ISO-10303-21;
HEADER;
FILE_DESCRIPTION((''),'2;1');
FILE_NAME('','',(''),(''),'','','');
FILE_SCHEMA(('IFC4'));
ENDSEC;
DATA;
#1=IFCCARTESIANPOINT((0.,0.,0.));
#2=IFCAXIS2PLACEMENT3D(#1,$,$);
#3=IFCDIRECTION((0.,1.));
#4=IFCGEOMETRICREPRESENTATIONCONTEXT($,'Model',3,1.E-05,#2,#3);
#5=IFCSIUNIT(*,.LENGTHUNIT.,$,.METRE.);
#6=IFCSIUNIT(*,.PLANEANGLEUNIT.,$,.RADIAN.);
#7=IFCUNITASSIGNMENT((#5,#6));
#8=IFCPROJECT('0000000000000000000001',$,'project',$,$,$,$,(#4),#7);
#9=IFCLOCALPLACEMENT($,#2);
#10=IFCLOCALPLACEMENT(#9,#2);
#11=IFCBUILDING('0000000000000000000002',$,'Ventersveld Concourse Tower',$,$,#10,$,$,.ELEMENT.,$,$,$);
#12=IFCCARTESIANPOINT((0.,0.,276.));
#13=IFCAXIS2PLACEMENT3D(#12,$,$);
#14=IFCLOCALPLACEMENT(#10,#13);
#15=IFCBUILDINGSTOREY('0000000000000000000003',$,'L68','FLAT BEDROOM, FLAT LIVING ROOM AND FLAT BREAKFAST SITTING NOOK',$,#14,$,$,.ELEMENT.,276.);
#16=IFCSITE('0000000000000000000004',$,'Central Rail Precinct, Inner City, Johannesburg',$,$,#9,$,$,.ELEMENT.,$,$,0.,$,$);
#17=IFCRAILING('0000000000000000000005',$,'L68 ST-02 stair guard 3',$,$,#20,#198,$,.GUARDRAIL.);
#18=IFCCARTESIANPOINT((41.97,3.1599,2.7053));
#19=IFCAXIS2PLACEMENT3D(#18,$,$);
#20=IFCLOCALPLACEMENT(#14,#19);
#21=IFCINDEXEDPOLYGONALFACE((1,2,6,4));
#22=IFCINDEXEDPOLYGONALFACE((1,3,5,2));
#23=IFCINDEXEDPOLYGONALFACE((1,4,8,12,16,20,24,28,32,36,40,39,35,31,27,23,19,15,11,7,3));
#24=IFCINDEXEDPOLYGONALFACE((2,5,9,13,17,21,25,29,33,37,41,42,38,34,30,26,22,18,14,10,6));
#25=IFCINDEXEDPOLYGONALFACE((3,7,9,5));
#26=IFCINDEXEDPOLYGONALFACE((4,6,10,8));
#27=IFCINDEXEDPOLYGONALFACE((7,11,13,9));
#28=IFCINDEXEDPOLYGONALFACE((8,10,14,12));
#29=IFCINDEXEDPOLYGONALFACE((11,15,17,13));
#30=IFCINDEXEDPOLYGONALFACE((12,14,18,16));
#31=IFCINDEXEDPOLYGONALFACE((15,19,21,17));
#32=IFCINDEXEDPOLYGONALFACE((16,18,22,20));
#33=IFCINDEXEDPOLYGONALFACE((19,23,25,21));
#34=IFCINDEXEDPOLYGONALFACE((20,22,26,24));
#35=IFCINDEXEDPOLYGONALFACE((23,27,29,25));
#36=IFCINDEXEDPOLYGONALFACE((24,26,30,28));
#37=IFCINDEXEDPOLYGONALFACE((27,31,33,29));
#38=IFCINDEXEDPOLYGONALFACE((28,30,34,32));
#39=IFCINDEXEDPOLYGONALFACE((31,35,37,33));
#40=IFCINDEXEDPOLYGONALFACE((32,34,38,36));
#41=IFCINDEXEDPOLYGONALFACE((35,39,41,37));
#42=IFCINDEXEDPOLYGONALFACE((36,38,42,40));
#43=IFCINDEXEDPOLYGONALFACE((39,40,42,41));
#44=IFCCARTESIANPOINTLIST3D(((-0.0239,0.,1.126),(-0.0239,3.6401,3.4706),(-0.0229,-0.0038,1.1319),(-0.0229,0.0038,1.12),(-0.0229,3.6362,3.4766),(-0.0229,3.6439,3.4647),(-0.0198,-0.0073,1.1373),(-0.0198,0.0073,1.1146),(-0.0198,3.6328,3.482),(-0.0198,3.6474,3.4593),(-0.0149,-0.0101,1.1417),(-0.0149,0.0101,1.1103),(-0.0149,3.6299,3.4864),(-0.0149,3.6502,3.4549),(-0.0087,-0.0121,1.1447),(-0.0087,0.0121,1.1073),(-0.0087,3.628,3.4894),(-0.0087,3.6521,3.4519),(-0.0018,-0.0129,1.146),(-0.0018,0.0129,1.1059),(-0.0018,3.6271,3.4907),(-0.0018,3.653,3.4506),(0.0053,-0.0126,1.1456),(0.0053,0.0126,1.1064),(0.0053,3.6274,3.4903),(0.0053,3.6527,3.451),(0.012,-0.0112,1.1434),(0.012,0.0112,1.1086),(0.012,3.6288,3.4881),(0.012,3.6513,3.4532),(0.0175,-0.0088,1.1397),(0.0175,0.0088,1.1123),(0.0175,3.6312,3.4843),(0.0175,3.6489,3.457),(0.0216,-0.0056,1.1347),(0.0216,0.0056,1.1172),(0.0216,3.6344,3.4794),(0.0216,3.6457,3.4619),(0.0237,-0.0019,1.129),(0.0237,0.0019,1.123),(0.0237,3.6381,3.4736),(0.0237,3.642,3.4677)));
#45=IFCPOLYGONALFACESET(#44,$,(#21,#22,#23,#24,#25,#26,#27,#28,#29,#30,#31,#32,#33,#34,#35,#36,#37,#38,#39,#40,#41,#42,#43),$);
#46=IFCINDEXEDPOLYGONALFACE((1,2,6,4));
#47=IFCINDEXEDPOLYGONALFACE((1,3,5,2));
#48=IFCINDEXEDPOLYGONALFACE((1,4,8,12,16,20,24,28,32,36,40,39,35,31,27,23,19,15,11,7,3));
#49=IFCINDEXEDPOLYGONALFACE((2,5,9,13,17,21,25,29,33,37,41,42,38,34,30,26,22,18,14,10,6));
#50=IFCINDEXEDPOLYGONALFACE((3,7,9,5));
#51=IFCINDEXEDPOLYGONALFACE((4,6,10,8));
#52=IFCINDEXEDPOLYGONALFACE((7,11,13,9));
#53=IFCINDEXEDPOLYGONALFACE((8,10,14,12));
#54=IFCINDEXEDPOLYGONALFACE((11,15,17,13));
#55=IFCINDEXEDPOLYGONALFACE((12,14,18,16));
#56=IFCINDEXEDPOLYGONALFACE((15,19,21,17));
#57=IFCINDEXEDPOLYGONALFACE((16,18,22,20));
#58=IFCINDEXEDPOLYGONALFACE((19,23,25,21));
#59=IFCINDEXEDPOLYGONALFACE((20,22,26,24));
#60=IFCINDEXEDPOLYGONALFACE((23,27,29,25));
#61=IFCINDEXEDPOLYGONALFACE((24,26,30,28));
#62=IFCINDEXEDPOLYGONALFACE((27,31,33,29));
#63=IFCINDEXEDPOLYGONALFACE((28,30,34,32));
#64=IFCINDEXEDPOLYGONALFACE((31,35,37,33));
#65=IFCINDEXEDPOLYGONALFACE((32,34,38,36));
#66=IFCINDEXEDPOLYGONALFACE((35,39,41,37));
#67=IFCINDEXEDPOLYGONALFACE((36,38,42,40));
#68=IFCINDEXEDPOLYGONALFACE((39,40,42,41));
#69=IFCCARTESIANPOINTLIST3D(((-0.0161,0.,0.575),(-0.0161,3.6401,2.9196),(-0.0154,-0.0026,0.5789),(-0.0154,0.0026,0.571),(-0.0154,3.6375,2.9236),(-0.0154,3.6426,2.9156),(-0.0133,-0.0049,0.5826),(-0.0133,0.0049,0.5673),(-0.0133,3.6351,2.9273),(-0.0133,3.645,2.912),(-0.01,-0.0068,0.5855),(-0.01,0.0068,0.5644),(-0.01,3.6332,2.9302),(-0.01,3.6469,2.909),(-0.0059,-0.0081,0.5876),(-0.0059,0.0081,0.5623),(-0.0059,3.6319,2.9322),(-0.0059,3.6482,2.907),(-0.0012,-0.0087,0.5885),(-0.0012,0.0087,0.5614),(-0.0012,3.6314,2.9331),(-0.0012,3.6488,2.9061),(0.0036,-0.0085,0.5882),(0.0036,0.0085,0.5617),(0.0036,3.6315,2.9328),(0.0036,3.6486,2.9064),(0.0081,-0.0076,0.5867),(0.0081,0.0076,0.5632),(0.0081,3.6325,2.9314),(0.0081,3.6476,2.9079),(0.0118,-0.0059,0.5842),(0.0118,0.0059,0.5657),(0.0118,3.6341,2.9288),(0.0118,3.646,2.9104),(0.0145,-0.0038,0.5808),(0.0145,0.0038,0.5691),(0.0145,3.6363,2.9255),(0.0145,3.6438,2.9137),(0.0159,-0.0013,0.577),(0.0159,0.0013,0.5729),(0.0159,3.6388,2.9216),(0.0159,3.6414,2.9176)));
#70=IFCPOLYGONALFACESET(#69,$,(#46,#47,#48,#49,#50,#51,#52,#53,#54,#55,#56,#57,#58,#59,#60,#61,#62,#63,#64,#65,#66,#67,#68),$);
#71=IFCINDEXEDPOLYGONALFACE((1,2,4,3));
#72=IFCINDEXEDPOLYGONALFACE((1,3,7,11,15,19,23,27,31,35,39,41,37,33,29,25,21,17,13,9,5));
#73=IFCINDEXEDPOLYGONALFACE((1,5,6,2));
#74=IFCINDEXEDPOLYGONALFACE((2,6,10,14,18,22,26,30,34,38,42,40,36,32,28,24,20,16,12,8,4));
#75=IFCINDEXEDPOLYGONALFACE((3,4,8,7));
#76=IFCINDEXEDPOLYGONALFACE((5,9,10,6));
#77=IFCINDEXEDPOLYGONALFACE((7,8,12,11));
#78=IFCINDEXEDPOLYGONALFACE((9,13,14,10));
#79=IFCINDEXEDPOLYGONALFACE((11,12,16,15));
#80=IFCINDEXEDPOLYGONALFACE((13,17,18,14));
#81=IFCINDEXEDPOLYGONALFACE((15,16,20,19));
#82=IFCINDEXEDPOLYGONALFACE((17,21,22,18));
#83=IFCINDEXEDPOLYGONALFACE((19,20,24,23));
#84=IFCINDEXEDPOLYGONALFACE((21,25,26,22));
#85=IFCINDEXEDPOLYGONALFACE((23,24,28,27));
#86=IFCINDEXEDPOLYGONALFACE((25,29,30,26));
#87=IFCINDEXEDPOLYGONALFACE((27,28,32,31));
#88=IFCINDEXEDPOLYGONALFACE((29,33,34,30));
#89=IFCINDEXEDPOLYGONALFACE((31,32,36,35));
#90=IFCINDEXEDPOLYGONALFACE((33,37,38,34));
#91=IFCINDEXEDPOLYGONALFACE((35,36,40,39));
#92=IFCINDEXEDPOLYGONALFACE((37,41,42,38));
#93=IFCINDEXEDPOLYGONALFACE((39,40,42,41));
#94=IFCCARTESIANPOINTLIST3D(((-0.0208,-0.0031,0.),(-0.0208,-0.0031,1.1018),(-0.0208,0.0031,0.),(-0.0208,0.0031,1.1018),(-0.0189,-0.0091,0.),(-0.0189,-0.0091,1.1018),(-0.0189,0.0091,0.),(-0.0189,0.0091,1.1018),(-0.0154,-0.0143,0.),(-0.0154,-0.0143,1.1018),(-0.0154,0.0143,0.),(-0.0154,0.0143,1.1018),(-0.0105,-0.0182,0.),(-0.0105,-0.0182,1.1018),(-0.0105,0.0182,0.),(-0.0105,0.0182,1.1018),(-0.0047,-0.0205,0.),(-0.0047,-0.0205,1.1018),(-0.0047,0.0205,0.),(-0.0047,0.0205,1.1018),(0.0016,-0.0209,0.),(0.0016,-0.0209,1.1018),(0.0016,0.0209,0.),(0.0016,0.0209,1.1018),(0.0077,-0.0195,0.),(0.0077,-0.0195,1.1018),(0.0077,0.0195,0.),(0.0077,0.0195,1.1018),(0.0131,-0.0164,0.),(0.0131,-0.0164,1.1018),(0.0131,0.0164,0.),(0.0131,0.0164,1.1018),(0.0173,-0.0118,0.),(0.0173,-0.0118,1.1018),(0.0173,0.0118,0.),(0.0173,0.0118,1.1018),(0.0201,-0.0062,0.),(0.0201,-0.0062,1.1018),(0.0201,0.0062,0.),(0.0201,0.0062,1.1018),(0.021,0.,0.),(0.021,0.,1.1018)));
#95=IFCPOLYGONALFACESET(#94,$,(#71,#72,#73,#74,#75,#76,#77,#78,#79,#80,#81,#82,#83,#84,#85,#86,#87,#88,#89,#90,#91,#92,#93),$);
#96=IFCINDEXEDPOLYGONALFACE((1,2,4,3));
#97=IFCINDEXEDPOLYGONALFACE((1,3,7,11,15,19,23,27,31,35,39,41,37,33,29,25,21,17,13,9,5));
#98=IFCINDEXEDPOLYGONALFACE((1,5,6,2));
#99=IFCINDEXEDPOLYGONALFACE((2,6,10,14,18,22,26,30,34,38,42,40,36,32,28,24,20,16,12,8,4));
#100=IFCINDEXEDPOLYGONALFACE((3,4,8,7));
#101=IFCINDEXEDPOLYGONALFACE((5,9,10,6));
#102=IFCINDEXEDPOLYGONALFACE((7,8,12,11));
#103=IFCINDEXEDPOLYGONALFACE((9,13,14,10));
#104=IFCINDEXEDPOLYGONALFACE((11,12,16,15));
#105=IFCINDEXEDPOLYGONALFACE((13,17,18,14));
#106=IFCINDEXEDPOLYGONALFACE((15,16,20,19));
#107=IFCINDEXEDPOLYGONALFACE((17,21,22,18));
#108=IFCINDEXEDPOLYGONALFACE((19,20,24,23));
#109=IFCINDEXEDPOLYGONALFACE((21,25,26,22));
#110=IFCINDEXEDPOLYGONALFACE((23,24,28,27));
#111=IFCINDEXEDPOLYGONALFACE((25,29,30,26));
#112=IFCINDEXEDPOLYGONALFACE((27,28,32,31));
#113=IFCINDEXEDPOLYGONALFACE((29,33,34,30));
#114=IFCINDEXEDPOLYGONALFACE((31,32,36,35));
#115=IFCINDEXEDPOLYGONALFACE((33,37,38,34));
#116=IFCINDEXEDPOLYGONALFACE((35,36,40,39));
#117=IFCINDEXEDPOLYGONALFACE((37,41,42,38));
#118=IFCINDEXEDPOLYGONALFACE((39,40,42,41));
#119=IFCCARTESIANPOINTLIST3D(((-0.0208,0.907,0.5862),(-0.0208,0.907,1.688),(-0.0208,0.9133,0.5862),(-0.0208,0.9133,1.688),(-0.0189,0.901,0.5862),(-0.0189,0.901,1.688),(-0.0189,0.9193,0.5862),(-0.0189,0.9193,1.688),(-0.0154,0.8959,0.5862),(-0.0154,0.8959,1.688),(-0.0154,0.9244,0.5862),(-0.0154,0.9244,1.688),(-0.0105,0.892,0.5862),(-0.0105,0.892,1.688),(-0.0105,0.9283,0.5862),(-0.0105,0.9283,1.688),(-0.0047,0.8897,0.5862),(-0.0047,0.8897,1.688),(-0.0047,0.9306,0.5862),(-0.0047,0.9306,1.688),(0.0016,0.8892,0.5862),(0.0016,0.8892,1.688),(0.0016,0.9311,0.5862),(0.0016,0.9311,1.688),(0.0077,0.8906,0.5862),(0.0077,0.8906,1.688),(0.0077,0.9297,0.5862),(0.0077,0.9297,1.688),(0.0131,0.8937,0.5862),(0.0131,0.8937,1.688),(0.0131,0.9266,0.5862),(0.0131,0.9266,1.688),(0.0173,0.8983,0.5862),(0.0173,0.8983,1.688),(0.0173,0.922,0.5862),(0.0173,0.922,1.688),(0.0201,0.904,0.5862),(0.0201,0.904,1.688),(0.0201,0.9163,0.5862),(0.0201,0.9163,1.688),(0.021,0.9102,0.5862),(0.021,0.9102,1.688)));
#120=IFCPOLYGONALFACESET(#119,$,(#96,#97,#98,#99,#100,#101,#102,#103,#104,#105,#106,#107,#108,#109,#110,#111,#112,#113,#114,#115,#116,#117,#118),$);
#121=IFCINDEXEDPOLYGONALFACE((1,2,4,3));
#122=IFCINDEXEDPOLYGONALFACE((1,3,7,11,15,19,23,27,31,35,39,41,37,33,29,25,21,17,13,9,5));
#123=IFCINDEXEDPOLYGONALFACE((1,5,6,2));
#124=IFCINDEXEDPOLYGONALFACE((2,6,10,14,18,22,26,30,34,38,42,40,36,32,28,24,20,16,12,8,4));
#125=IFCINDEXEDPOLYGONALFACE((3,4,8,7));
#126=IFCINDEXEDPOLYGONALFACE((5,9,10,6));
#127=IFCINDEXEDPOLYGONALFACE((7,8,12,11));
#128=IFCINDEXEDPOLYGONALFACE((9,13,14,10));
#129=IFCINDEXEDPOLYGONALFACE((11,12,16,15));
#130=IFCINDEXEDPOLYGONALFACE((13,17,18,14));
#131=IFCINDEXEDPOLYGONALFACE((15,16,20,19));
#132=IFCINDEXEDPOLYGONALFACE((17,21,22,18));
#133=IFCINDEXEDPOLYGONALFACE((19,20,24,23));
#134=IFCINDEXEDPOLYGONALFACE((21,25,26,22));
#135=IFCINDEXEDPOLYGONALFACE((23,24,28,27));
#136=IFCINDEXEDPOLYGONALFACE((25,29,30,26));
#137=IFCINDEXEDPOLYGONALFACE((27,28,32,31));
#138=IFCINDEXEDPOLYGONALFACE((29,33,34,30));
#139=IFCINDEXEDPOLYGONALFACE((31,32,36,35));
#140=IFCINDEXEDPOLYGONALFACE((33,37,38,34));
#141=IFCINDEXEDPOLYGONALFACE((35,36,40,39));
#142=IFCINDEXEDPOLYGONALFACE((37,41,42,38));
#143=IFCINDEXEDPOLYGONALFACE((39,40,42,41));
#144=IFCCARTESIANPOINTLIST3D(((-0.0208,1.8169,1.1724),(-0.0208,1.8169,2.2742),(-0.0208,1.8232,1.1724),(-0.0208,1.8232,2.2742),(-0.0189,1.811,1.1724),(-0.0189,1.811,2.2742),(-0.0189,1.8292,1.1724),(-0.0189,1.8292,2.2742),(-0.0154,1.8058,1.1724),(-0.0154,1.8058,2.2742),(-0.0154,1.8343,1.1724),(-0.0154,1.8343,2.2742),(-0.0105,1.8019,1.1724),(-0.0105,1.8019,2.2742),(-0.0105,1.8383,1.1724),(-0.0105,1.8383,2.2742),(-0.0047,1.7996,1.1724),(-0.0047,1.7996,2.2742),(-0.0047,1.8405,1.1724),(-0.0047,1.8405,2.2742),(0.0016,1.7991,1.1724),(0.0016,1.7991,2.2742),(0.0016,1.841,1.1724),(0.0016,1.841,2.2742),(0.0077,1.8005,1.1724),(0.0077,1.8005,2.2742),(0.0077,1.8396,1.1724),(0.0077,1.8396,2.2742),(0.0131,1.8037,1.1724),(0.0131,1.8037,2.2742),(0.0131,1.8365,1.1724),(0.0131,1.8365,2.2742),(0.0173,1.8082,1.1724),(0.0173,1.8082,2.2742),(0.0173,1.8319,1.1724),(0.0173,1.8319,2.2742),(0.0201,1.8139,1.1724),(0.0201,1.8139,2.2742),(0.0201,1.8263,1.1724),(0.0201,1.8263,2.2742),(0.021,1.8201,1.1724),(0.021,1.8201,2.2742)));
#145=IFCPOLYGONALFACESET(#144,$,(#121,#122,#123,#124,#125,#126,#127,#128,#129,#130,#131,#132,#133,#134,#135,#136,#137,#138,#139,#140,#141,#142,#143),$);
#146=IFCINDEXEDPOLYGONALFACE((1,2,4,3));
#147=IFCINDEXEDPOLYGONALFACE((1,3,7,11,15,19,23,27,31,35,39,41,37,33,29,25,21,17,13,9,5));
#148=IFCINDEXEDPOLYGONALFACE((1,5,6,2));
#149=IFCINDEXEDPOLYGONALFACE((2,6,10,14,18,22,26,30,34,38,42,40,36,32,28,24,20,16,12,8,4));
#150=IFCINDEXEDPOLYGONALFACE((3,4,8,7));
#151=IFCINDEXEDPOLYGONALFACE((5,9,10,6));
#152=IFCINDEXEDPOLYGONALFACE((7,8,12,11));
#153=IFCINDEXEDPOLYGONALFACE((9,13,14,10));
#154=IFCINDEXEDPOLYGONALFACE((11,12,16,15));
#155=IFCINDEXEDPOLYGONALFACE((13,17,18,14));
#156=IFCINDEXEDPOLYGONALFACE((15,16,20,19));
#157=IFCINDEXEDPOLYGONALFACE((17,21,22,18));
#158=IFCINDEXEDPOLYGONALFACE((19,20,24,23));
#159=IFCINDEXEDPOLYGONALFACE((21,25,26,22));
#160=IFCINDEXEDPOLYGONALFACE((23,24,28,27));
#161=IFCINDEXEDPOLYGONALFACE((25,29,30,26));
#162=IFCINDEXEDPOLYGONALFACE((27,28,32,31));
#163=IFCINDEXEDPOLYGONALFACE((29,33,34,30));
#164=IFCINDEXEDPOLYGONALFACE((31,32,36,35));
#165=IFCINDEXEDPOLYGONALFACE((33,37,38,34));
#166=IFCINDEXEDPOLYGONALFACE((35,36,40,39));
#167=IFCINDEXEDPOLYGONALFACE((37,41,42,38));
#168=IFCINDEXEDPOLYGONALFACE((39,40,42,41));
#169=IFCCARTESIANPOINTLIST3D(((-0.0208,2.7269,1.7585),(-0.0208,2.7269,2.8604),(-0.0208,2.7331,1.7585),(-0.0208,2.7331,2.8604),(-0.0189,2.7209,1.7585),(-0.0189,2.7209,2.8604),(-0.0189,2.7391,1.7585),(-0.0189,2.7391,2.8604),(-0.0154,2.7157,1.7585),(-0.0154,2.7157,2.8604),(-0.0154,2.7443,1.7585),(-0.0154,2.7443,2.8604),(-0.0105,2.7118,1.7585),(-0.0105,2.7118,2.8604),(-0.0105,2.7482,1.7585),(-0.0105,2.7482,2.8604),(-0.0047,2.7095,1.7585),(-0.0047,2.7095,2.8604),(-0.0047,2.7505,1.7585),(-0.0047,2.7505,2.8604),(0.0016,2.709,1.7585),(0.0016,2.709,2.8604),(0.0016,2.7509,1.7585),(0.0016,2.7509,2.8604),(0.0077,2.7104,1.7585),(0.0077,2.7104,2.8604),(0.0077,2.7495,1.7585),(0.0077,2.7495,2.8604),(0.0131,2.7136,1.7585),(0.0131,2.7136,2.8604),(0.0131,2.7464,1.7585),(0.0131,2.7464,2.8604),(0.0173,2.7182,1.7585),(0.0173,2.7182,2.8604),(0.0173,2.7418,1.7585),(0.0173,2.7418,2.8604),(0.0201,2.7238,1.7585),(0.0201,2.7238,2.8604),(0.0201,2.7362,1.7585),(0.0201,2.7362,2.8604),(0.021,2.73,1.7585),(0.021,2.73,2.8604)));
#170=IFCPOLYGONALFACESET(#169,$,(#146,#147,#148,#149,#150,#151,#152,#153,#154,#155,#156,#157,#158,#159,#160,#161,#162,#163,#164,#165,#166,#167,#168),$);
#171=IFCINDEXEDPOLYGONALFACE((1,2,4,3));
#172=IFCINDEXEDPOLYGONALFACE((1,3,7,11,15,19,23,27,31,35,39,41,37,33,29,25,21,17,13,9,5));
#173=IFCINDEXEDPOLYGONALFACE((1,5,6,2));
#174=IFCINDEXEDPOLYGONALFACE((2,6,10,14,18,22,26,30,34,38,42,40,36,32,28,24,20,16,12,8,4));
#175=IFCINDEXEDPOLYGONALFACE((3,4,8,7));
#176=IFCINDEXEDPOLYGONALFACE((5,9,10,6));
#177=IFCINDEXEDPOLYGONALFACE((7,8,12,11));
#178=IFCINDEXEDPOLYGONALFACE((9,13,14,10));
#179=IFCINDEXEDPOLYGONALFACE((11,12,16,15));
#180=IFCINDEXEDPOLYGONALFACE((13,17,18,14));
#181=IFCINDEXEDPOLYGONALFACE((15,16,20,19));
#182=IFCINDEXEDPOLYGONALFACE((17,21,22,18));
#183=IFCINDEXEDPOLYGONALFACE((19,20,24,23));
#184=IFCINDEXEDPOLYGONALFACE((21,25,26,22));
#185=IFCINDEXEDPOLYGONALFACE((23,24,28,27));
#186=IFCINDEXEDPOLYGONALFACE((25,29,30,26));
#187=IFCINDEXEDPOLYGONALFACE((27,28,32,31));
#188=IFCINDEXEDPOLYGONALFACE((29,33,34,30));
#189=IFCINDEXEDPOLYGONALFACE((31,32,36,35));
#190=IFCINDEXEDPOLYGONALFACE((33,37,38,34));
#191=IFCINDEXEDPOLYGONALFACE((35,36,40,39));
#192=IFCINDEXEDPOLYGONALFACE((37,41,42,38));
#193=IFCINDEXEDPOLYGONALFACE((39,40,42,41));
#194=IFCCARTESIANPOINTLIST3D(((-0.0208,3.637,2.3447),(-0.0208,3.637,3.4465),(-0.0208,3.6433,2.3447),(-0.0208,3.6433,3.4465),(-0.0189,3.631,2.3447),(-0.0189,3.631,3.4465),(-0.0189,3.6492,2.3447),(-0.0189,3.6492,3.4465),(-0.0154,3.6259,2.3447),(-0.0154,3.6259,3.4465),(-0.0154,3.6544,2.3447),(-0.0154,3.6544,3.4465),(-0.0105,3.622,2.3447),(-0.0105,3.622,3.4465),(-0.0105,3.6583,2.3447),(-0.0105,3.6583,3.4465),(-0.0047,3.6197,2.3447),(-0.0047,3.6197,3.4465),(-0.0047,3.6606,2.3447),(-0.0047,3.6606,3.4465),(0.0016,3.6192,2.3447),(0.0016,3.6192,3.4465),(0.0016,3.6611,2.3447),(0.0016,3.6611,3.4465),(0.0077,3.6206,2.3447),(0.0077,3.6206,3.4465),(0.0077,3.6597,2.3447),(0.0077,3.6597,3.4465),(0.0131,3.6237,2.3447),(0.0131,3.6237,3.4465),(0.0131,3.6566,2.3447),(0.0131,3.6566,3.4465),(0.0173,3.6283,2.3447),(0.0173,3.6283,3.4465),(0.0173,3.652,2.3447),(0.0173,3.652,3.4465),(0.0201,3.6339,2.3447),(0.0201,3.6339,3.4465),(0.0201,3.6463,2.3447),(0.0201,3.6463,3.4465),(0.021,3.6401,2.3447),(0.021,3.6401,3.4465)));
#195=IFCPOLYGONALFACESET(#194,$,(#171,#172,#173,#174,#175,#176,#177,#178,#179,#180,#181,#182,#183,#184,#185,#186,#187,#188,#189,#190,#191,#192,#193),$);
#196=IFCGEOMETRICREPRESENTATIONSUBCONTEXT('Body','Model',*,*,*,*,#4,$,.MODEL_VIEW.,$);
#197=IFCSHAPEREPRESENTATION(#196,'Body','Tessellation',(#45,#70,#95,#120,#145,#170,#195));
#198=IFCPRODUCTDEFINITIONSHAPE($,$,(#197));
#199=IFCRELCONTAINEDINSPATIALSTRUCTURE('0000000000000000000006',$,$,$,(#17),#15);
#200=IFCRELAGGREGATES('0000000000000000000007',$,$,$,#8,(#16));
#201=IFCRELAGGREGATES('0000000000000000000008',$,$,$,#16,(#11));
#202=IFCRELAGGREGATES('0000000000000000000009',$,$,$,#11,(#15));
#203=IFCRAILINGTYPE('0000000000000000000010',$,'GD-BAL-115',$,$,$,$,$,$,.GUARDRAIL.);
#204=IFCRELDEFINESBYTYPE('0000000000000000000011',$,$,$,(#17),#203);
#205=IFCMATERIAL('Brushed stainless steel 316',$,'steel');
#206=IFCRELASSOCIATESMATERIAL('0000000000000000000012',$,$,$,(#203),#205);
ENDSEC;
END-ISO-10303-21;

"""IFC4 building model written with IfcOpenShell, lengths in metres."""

from ifc_helpers import new_model, si_unit, direction, frame, origin, origin_2d, place, context, subcontext, project, spatial, circle, extrude, material, type_object, element, save


model = new_model("IFC4")

# Units and contexts
model_context = context("Model", 3, precision=1e-05, world=origin(), true_north=direction((0.0, 1.0)))
body_context = subcontext(model_context, "Body", "Model", "MODEL_VIEW")
ifc_project = project(units=[si_unit("LENGTHUNIT", "METRE"), si_unit("PLANEANGLEUNIT", "RADIAN")], contexts=[model_context])

# Site, building, storey
site_placement = place(None, origin())
site = spatial("IfcSite", under=ifc_project, at=site_placement, Name="Central Rail Precinct, Inner City, Johannesburg", CompositionType="ELEMENT", RefElevation=0.0)
building_placement = place(site_placement, origin())
building = spatial("IfcBuilding", under=site, at=building_placement, Name="Ventersveld Concourse Tower", CompositionType="ELEMENT")
storey_placement = place(building_placement, frame((0.0, 0.0, 276.0)))
storey = spatial("IfcBuildingStorey", under=building, at=storey_placement, Name="L68", Description="FLAT BEDROOM, FLAT LIVING ROOM AND FLAT BREAKFAST SITTING NOOK", CompositionType="ELEMENT", Elevation=276.0)

# Railing
ifc_material_1 = material(Name="Brushed stainless steel 316", Category="steel")
railing_type_1 = type_object("IfcRailingType", Name="GD-BAL-115", PredefinedType="GUARDRAIL", material=ifc_material_1)
railing_1_placement = place(storey_placement, frame((41.97, 3.1599, 2.7053)))
element("IfcRailing", 1, at=railing_1_placement, inside=storey, type_object=railing_type_1, Name="L68 ST-02 stair guard 3", PredefinedType="GUARDRAIL", context=body_context, shape_type="SweptSolid", body=[
    extrude(circle(Radius=0.0239, at=origin_2d()), frame((0.0, 0.0, 1.126), z_axis=(0.0, 0.840691, 0.541515), x_axis=(-1.0, 0.0, 0.0)), (0.0, 0.0, 1.0), 4.3298),
    extrude(circle(Radius=0.0161, at=origin_2d()), frame((0.0, 0.0, 0.575), z_axis=(0.0, 0.840691, 0.541515), x_axis=(-1.0, 0.0, 0.0)), (0.0, 0.0, 1.0), 4.3298),
    extrude(circle(Radius=0.021, at=origin_2d()), origin(), (0.0, 0.0, 1.0), 1.1018),
    extrude(circle(Radius=0.021, at=origin_2d()), frame((0.0, 0.9102, 0.5862)), (0.0, 0.0, 1.0), 1.1018),
    extrude(circle(Radius=0.021, at=origin_2d()), frame((0.0, 1.8201, 1.1724)), (0.0, 0.0, 1.0), 1.1018),
    extrude(circle(Radius=0.021, at=origin_2d()), frame((0.0, 2.73, 1.7585)), (0.0, 0.0, 1.0), 1.1018),
    extrude(circle(Radius=0.021, at=origin_2d()), frame((0.0, 3.6401, 2.3447)), (0.0, 0.0, 1.0), 1.1018),
])

save(model, "model.ifc")
